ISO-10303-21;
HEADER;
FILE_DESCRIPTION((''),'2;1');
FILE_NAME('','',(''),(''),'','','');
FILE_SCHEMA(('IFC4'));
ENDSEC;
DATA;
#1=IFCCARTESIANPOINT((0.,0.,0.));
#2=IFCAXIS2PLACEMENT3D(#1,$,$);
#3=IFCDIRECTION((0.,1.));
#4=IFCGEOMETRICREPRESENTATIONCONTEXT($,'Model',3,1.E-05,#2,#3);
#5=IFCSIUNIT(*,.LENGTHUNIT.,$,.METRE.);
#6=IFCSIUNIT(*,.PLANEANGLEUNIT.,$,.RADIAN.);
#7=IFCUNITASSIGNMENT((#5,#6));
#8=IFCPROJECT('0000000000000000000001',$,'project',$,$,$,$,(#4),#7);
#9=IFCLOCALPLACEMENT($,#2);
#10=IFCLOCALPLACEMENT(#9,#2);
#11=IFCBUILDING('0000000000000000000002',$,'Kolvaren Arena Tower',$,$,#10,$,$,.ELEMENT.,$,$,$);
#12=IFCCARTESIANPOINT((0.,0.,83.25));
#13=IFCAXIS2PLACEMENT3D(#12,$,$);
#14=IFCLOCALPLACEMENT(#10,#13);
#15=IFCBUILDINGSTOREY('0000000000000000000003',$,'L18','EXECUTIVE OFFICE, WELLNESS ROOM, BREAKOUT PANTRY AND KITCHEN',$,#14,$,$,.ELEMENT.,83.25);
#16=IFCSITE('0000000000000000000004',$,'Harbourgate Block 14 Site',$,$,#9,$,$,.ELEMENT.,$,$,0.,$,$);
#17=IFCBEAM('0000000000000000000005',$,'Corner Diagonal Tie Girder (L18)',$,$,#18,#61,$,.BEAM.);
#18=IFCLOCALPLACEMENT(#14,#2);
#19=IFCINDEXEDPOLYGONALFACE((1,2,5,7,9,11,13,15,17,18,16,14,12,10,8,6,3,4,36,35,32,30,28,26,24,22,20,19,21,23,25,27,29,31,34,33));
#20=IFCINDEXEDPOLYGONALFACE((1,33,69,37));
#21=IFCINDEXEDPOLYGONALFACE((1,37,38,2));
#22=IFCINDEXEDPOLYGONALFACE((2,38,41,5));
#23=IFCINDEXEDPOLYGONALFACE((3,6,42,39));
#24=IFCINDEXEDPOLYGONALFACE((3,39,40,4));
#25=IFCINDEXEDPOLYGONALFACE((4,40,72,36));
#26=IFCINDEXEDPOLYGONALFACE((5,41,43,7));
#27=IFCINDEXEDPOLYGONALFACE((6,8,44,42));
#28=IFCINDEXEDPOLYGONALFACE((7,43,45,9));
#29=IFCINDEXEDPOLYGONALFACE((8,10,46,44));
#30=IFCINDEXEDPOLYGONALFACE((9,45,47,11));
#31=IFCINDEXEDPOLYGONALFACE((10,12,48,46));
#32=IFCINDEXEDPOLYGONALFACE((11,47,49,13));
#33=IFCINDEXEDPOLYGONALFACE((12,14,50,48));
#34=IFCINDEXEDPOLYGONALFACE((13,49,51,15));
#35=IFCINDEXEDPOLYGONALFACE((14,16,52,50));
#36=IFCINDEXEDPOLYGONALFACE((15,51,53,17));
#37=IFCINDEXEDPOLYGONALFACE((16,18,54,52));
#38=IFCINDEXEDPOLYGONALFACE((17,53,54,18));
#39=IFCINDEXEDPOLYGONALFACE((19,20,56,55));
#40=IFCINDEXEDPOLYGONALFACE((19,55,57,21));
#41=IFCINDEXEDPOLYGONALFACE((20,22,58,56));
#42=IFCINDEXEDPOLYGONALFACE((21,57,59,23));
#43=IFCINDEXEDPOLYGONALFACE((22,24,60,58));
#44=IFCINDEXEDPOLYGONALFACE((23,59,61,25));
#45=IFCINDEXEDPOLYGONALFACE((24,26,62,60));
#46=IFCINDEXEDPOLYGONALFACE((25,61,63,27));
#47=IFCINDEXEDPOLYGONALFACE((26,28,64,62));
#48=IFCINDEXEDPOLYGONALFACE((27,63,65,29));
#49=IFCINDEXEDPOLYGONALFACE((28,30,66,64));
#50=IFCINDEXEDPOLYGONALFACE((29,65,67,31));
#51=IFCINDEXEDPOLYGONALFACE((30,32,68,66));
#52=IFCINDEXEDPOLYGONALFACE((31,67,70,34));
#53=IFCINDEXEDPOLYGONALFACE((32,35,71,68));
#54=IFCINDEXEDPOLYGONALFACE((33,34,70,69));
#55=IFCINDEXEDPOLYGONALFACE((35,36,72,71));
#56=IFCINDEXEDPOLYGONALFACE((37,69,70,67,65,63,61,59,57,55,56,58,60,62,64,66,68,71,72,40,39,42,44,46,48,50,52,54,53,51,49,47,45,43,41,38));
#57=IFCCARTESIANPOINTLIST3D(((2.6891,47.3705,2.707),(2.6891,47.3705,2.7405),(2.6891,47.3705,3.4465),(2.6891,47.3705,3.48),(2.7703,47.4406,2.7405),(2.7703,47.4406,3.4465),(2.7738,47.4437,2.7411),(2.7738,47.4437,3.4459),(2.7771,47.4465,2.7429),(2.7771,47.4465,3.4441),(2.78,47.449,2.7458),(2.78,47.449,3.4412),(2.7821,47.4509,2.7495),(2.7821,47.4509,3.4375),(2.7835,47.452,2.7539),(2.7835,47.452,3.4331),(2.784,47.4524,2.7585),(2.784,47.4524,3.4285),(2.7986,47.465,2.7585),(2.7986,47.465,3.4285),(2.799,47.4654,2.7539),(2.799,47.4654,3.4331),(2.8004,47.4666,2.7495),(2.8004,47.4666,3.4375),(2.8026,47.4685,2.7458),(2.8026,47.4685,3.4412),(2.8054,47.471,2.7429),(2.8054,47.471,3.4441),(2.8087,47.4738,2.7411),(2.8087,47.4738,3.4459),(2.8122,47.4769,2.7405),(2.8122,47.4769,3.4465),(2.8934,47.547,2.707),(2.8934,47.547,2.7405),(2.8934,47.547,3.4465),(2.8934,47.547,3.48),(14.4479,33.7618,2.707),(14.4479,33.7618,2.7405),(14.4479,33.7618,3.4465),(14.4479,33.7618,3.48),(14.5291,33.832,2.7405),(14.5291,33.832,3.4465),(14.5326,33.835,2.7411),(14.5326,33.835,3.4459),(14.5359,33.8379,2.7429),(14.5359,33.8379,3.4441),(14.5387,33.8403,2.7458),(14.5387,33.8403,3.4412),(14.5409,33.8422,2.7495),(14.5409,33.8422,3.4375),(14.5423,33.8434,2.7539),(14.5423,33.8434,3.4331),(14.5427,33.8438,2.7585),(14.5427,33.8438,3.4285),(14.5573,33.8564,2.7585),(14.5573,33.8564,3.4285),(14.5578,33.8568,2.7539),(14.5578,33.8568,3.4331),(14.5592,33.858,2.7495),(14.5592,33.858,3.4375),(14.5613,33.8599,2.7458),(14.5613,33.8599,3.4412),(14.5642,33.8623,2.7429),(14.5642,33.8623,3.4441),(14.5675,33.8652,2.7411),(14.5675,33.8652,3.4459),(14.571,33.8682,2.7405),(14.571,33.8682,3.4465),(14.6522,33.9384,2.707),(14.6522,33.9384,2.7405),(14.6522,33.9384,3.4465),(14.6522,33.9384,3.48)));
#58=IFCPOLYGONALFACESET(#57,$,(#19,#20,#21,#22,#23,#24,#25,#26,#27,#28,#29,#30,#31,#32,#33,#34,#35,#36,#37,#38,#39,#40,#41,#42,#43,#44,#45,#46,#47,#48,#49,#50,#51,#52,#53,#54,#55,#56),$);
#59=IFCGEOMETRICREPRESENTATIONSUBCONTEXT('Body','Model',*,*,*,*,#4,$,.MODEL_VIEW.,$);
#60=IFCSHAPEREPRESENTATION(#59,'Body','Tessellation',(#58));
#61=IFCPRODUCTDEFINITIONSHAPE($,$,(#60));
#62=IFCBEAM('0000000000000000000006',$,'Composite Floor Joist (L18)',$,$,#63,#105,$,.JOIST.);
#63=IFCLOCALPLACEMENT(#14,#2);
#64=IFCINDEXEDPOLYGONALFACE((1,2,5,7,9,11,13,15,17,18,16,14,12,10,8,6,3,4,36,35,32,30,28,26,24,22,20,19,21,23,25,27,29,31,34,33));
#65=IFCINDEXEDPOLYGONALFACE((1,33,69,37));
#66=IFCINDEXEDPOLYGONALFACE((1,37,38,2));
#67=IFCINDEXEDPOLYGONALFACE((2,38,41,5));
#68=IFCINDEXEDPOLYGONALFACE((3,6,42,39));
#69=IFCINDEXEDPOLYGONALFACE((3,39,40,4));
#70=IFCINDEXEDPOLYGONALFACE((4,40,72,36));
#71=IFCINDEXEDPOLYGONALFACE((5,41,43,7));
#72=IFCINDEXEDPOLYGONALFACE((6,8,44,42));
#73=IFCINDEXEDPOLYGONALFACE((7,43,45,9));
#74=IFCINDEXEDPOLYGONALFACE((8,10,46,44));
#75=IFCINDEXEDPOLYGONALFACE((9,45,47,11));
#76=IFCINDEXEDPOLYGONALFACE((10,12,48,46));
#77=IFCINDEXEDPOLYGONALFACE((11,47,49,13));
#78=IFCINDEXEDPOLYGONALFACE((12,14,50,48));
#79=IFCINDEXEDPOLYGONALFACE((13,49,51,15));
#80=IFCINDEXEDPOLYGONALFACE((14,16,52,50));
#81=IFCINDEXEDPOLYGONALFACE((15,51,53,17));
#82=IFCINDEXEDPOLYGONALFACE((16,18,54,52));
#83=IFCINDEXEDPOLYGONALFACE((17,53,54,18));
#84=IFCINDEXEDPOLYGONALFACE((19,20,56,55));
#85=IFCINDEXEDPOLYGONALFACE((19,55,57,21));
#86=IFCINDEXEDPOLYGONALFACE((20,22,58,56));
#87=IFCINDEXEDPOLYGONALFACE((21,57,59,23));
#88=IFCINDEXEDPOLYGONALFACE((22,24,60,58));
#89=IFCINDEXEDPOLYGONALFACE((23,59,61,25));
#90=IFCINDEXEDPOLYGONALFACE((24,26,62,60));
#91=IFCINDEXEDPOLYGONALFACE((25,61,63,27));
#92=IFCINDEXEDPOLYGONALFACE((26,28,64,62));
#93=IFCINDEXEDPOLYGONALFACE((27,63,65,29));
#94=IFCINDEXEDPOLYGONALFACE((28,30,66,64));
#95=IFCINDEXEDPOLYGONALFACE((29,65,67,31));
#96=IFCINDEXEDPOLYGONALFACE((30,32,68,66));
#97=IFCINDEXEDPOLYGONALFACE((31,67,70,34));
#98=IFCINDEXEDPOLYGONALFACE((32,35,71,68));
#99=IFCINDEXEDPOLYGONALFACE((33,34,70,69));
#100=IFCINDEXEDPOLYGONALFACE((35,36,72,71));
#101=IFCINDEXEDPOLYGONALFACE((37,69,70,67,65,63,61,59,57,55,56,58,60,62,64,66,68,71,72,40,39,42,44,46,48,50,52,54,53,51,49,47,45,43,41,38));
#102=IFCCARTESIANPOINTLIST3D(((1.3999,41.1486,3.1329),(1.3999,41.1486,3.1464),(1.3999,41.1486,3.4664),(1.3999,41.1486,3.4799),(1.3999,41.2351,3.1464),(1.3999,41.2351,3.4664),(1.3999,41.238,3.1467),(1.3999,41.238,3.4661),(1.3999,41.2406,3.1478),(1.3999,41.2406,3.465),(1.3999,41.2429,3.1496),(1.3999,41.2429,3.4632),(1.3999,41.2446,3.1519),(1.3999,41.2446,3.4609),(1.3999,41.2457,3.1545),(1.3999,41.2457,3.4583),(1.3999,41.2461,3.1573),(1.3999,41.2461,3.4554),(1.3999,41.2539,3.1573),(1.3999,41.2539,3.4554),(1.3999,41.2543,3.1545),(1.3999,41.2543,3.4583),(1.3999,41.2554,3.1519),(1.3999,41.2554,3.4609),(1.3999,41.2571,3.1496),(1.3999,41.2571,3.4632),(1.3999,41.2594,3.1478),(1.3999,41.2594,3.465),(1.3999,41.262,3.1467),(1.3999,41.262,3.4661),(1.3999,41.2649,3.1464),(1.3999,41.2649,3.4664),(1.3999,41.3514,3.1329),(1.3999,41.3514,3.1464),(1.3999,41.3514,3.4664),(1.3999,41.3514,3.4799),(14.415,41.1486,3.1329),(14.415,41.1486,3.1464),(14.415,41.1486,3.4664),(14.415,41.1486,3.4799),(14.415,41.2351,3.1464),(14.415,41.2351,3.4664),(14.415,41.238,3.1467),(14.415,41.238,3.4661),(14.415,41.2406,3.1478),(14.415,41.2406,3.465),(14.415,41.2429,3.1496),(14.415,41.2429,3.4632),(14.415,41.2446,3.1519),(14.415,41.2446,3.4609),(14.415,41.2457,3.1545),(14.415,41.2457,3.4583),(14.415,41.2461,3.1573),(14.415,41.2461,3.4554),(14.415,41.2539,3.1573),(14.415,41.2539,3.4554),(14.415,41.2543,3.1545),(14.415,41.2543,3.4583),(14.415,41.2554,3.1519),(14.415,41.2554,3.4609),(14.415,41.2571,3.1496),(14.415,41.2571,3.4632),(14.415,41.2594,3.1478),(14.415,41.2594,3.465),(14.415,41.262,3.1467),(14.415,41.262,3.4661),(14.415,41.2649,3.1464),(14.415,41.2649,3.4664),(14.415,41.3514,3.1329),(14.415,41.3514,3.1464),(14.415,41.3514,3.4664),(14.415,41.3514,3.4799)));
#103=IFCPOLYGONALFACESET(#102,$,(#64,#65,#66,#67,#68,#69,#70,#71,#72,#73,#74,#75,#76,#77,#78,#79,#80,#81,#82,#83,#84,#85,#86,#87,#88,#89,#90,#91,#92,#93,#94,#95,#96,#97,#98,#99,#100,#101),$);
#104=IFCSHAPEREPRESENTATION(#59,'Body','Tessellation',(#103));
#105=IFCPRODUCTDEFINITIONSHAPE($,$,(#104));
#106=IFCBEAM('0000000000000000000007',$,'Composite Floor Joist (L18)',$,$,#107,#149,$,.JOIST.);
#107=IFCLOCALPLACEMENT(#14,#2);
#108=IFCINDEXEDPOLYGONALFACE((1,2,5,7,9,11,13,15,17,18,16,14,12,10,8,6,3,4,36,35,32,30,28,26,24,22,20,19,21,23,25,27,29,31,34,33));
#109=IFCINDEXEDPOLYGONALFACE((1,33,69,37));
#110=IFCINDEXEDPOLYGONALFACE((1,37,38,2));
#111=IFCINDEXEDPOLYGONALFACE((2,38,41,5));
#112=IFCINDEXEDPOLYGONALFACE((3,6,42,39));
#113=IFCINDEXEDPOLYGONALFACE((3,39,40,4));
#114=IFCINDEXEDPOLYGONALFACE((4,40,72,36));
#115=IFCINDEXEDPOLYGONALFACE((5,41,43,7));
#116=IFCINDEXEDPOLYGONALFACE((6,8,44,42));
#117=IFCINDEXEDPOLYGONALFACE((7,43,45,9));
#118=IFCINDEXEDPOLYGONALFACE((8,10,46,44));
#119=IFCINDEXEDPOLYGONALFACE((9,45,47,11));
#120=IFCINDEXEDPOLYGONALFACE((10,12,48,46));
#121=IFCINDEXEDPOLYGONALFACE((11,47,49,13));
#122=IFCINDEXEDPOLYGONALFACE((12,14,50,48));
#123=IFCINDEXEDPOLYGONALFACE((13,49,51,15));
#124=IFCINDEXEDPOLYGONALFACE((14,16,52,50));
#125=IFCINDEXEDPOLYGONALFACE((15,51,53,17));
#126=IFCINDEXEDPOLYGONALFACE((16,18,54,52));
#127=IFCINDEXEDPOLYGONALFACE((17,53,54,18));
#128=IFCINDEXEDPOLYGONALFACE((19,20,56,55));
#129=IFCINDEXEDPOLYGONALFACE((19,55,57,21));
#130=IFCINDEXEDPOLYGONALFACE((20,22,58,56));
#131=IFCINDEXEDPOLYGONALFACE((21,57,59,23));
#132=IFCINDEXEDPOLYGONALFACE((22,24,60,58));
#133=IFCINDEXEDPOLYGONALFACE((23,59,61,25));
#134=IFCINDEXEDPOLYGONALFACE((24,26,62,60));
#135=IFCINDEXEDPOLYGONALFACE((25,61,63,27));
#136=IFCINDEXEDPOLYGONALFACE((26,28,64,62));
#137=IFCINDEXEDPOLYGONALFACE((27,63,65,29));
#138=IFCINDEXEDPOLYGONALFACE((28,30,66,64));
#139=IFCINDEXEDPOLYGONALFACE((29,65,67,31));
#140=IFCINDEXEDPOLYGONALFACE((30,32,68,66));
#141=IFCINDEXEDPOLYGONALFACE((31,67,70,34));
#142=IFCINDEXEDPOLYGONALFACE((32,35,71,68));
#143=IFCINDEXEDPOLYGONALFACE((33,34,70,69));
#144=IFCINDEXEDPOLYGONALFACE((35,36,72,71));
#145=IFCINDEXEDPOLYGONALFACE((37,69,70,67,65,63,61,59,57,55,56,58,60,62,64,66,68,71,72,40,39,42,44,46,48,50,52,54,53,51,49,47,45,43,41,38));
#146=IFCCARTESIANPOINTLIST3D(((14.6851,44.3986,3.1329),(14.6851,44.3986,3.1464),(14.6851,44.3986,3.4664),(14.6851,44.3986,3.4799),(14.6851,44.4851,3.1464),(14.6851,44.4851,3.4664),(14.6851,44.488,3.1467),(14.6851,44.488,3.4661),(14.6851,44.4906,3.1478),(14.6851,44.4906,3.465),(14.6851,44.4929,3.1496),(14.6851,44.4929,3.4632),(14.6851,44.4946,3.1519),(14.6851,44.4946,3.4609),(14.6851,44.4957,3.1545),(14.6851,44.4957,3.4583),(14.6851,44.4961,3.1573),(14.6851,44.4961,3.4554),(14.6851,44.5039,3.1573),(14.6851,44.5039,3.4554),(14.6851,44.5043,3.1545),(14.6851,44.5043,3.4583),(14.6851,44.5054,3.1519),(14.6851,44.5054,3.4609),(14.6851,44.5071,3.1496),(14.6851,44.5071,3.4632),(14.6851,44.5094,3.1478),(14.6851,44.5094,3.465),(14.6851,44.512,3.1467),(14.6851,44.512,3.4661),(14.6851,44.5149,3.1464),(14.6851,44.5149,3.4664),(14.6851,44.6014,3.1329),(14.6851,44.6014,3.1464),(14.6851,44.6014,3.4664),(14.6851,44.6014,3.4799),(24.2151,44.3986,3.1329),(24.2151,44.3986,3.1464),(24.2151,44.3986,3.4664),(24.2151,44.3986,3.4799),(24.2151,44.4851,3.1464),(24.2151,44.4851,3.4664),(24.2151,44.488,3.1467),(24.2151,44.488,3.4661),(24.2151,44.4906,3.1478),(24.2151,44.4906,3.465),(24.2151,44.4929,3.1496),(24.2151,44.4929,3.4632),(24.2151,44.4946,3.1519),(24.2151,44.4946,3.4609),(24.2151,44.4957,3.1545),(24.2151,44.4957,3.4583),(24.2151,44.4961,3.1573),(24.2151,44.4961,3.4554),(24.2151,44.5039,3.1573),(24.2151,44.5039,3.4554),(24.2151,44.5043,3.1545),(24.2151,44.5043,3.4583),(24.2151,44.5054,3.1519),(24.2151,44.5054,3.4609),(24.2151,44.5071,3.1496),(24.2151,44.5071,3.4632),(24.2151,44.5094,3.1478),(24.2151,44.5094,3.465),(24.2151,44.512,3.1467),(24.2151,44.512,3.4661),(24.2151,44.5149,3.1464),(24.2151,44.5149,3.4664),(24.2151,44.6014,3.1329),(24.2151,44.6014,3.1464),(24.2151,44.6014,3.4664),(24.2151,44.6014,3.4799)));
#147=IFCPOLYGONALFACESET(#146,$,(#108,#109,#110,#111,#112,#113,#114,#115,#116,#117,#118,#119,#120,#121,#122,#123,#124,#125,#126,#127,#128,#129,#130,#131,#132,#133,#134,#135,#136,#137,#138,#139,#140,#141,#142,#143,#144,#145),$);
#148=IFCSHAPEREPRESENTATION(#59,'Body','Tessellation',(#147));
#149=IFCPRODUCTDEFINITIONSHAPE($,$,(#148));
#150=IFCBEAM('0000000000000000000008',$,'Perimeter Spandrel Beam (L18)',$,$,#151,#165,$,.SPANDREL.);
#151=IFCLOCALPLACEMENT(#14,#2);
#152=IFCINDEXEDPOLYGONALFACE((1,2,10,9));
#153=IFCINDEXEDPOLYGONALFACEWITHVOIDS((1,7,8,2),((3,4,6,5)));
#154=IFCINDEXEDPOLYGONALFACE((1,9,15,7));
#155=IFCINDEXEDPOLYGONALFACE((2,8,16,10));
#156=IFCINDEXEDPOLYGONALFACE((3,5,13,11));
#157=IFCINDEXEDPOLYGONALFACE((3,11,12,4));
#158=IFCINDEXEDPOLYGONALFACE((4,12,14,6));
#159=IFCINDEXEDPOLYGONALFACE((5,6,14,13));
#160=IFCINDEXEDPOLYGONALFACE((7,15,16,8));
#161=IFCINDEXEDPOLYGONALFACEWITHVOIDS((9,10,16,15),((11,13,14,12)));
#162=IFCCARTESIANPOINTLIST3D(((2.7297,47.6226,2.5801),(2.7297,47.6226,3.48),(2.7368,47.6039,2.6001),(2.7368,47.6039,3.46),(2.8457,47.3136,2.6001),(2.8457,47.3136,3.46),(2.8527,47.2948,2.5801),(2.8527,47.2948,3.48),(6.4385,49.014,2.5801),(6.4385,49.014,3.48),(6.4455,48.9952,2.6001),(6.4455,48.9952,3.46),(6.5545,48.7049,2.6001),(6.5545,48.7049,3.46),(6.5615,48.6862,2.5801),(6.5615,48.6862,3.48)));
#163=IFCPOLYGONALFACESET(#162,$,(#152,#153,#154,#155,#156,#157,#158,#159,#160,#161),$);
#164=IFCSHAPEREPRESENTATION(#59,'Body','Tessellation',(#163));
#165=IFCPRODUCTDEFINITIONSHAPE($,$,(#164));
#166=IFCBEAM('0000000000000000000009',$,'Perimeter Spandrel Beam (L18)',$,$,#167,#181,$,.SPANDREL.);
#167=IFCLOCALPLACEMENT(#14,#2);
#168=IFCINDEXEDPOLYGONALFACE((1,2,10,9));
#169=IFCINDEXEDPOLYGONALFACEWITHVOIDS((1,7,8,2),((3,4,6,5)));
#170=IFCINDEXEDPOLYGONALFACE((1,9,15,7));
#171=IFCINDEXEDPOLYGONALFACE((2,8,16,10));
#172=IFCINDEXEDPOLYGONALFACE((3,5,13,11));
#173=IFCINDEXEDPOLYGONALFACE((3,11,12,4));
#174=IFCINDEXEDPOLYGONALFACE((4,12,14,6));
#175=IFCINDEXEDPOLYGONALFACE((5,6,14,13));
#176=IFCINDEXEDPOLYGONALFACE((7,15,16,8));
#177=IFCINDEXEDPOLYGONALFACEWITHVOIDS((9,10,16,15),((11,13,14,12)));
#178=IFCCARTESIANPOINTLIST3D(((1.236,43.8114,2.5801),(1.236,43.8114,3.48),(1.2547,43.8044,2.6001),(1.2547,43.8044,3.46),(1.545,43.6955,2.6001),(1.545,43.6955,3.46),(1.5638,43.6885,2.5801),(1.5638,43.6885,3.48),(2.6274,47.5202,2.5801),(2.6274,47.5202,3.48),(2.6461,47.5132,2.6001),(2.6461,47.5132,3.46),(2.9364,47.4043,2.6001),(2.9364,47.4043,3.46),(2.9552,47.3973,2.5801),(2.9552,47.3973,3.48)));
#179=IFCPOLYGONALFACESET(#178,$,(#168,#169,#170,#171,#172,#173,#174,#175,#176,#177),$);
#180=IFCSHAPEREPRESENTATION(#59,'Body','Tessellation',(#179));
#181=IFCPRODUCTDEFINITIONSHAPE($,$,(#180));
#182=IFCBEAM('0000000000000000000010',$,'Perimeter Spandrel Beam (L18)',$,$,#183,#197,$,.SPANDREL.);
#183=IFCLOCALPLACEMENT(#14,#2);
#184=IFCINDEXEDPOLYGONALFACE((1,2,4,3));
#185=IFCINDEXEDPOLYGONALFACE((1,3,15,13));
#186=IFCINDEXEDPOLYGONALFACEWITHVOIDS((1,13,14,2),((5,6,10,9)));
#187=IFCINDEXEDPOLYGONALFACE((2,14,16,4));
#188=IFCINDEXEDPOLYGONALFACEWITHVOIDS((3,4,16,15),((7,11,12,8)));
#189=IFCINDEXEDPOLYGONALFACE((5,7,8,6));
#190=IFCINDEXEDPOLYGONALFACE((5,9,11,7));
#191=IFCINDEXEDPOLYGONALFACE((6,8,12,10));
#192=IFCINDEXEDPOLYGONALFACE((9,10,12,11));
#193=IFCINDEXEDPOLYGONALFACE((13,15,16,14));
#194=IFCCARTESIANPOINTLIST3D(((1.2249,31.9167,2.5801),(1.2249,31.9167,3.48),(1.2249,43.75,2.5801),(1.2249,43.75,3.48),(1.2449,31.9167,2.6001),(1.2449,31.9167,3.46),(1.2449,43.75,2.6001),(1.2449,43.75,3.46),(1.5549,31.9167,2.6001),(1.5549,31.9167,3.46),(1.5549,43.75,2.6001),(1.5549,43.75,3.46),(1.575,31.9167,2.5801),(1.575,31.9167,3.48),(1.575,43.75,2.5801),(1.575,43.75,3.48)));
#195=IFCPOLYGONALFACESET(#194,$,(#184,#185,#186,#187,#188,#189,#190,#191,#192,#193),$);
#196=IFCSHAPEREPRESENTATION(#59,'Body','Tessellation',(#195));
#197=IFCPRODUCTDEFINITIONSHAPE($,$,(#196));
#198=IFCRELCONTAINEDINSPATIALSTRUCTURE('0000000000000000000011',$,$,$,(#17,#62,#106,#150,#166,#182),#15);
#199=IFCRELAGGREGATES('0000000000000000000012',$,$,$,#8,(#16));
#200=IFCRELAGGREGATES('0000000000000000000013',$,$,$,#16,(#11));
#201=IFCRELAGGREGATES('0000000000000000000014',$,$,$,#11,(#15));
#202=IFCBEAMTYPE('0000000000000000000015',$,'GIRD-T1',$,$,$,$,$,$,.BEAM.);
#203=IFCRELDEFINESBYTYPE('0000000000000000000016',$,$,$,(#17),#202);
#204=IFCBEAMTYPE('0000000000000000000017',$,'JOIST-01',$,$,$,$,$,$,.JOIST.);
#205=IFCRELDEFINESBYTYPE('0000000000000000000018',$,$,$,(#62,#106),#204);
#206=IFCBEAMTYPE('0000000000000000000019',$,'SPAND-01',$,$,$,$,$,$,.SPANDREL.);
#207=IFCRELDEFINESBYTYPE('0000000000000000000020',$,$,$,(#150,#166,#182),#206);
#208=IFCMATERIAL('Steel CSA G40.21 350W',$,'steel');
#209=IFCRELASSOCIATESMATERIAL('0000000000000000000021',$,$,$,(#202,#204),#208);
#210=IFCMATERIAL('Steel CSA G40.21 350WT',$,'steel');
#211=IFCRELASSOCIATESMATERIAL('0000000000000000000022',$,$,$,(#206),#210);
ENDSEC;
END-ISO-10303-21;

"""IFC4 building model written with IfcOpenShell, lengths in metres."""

from ifc_helpers import new_model, si_unit, direction, frame, origin, origin_2d, place, context, subcontext, project, spatial, hollow_rectangle, i_section, extrude, material, material_profile, profile_set, type_object, element, save


model = new_model("IFC4")

# Units and contexts
model_context = context("Model", 3, precision=1e-05, world=origin(), true_north=direction((0.0, 1.0)))
body_context = subcontext(model_context, "Body", "Model", "MODEL_VIEW")
ifc_project = project(units=[si_unit("LENGTHUNIT", "METRE"), si_unit("PLANEANGLEUNIT", "RADIAN")], contexts=[model_context])

# Site, building, storey
site_placement = place(None, origin())
site = spatial("IfcSite", under=ifc_project, at=site_placement, Name="Harbourgate Block 14 Site", CompositionType="ELEMENT", RefElevation=0.0)
building_placement = place(site_placement, origin())
building = spatial("IfcBuilding", under=site, at=building_placement, Name="Kolvaren Arena Tower", CompositionType="ELEMENT")
storey_placement = place(building_placement, frame((0.0, 0.0, 83.25)))
storey = spatial("IfcBuildingStorey", under=building, at=storey_placement, Name="L18", Description="EXECUTIVE OFFICE, WELLNESS ROOM, BREAKOUT PANTRY AND KITCHEN", CompositionType="ELEMENT", Elevation=83.25)

# Beams
ifc_material_1 = material(Name="Steel CSA G40.21 350W", Category="steel")
ifc_material_profile_1 = material_profile(ifc_material_1, i_section(OverallWidth=0.27, OverallDepth=0.7729, WebThickness=0.0193, FlangeThickness=0.0334, FilletRadius=0.0181, at=origin_2d()), Name="W760x257")
ifc_profile_set_1 = profile_set([ifc_material_profile_1], Name="Steel CSA G40.21 350W")
beam_type_1 = type_object("IfcBeamType", Name="GIRD-T1", PredefinedType="BEAM", material=ifc_profile_set_1)
beam_1_placement = place(storey_placement, frame((2.7913, 47.4587, 3.0935), z_axis=(0.653807, -0.756662, 0.0), x_axis=(0.756662, 0.653807, 0.0)))
element("IfcBeam", 1, at=beam_1_placement, inside=storey, type_object=beam_type_1, Name="Corner Diagonal Tie Girder (L18)", PredefinedType="BEAM", context=body_context, shape_type="SweptSolid", body=[
    extrude(i_section(OverallWidth=0.27, OverallDepth=0.7729, WebThickness=0.0193, FlangeThickness=0.0334, FilletRadius=0.0181, at=origin_2d()), origin(), (0.0, 0.0, 1.0), 17.9851),
])
ifc_material_profile_2 = material_profile(ifc_material_1, i_section(OverallWidth=0.2029, OverallDepth=0.3469, WebThickness=0.0078, FlangeThickness=0.0134, FilletRadius=0.011, at=origin_2d()), Name="W360x64")
ifc_profile_set_2 = profile_set([ifc_material_profile_2], Name="Steel CSA G40.21 350W")
beam_type_2 = type_object("IfcBeamType", Name="JOIST-01", PredefinedType="JOIST", material=ifc_profile_set_2)
beam_2_placement = place(storey_placement, frame((1.3999, 41.25, 3.3064), z_axis=(1.0, 0.0, 0.0), x_axis=(0.0, 1.0, 0.0)))
element("IfcBeam", 2, at=beam_2_placement, inside=storey, type_object=beam_type_2, Name="Composite Floor Joist (L18)", PredefinedType="JOIST", context=body_context, shape_type="SweptSolid", body=[
    extrude(i_section(OverallWidth=0.2029, OverallDepth=0.3469, WebThickness=0.0078, FlangeThickness=0.0134, FilletRadius=0.011, at=origin_2d()), origin(), (0.0, 0.0, 1.0), 13.0151),
])
beam_3_placement = place(storey_placement, frame((14.6851, 44.5, 3.3064), z_axis=(1.0, 0.0, 0.0), x_axis=(0.0, 1.0, 0.0)))
element("IfcBeam", 3, at=beam_3_placement, inside=storey, type_object=beam_type_2, Name="Composite Floor Joist (L18)", PredefinedType="JOIST", context=body_context, shape_type="SweptSolid", body=[
    extrude(i_section(OverallWidth=0.2029, OverallDepth=0.3469, WebThickness=0.0078, FlangeThickness=0.0134, FilletRadius=0.011, at=origin_2d()), origin(), (0.0, 0.0, 1.0), 9.53),
])
ifc_material_2 = material(Name="Steel CSA G40.21 350WT", Category="steel")
ifc_material_profile_3 = material_profile(ifc_material_2, hollow_rectangle(XDim=0.3501, YDim=0.8999, WallThickness=0.02, at=origin_2d()), Name="HSS 900x350x20")
ifc_profile_set_3 = profile_set([ifc_material_profile_3], Name="Steel CSA G40.21 350WT")
beam_type_3 = type_object("IfcBeamType", Name="SPAND-01", PredefinedType="SPANDREL", material=ifc_profile_set_3)
for number, where, z_axis, x_axis, name in (
    (4, (6.5, 48.8501, 3.03), (-0.936281, -0.351252, 0.0), (0.351252, -0.936281, 0.0), "Perimeter Spandrel Beam (L18)"),
    (5, (2.7913, 47.4587, 3.03), (-0.351252, -0.936281, 0.0), (0.936281, -0.351252, 0.0), "Perimeter Spandrel Beam (L18)"),
):
    element("IfcBeam", number, at=place(storey_placement, frame(where, z_axis=z_axis, x_axis=x_axis)), inside=storey, type_object=beam_type_3, Name=name, PredefinedType="SPANDREL", context=body_context, shape_type="SweptSolid", body=[
        extrude(hollow_rectangle(XDim=0.3501, YDim=0.8999, WallThickness=0.02, at=origin_2d()), origin(), (0.0, 0.0, 1.0), 3.9612),
    ])
beam_4_placement = place(storey_placement, frame((1.3999, 43.75, 3.03), z_axis=(0.0, -1.0, 0.0), x_axis=(1.0, 0.0, 0.0)))
element("IfcBeam", 6, at=beam_4_placement, inside=storey, type_object=beam_type_3, Name="Perimeter Spandrel Beam (L18)", PredefinedType="SPANDREL", context=body_context, shape_type="SweptSolid", body=[
    extrude(hollow_rectangle(XDim=0.3501, YDim=0.8999, WallThickness=0.02, at=origin_2d()), origin(), (0.0, 0.0, 1.0), 11.8333),
])

save(model, "model.ifc")
